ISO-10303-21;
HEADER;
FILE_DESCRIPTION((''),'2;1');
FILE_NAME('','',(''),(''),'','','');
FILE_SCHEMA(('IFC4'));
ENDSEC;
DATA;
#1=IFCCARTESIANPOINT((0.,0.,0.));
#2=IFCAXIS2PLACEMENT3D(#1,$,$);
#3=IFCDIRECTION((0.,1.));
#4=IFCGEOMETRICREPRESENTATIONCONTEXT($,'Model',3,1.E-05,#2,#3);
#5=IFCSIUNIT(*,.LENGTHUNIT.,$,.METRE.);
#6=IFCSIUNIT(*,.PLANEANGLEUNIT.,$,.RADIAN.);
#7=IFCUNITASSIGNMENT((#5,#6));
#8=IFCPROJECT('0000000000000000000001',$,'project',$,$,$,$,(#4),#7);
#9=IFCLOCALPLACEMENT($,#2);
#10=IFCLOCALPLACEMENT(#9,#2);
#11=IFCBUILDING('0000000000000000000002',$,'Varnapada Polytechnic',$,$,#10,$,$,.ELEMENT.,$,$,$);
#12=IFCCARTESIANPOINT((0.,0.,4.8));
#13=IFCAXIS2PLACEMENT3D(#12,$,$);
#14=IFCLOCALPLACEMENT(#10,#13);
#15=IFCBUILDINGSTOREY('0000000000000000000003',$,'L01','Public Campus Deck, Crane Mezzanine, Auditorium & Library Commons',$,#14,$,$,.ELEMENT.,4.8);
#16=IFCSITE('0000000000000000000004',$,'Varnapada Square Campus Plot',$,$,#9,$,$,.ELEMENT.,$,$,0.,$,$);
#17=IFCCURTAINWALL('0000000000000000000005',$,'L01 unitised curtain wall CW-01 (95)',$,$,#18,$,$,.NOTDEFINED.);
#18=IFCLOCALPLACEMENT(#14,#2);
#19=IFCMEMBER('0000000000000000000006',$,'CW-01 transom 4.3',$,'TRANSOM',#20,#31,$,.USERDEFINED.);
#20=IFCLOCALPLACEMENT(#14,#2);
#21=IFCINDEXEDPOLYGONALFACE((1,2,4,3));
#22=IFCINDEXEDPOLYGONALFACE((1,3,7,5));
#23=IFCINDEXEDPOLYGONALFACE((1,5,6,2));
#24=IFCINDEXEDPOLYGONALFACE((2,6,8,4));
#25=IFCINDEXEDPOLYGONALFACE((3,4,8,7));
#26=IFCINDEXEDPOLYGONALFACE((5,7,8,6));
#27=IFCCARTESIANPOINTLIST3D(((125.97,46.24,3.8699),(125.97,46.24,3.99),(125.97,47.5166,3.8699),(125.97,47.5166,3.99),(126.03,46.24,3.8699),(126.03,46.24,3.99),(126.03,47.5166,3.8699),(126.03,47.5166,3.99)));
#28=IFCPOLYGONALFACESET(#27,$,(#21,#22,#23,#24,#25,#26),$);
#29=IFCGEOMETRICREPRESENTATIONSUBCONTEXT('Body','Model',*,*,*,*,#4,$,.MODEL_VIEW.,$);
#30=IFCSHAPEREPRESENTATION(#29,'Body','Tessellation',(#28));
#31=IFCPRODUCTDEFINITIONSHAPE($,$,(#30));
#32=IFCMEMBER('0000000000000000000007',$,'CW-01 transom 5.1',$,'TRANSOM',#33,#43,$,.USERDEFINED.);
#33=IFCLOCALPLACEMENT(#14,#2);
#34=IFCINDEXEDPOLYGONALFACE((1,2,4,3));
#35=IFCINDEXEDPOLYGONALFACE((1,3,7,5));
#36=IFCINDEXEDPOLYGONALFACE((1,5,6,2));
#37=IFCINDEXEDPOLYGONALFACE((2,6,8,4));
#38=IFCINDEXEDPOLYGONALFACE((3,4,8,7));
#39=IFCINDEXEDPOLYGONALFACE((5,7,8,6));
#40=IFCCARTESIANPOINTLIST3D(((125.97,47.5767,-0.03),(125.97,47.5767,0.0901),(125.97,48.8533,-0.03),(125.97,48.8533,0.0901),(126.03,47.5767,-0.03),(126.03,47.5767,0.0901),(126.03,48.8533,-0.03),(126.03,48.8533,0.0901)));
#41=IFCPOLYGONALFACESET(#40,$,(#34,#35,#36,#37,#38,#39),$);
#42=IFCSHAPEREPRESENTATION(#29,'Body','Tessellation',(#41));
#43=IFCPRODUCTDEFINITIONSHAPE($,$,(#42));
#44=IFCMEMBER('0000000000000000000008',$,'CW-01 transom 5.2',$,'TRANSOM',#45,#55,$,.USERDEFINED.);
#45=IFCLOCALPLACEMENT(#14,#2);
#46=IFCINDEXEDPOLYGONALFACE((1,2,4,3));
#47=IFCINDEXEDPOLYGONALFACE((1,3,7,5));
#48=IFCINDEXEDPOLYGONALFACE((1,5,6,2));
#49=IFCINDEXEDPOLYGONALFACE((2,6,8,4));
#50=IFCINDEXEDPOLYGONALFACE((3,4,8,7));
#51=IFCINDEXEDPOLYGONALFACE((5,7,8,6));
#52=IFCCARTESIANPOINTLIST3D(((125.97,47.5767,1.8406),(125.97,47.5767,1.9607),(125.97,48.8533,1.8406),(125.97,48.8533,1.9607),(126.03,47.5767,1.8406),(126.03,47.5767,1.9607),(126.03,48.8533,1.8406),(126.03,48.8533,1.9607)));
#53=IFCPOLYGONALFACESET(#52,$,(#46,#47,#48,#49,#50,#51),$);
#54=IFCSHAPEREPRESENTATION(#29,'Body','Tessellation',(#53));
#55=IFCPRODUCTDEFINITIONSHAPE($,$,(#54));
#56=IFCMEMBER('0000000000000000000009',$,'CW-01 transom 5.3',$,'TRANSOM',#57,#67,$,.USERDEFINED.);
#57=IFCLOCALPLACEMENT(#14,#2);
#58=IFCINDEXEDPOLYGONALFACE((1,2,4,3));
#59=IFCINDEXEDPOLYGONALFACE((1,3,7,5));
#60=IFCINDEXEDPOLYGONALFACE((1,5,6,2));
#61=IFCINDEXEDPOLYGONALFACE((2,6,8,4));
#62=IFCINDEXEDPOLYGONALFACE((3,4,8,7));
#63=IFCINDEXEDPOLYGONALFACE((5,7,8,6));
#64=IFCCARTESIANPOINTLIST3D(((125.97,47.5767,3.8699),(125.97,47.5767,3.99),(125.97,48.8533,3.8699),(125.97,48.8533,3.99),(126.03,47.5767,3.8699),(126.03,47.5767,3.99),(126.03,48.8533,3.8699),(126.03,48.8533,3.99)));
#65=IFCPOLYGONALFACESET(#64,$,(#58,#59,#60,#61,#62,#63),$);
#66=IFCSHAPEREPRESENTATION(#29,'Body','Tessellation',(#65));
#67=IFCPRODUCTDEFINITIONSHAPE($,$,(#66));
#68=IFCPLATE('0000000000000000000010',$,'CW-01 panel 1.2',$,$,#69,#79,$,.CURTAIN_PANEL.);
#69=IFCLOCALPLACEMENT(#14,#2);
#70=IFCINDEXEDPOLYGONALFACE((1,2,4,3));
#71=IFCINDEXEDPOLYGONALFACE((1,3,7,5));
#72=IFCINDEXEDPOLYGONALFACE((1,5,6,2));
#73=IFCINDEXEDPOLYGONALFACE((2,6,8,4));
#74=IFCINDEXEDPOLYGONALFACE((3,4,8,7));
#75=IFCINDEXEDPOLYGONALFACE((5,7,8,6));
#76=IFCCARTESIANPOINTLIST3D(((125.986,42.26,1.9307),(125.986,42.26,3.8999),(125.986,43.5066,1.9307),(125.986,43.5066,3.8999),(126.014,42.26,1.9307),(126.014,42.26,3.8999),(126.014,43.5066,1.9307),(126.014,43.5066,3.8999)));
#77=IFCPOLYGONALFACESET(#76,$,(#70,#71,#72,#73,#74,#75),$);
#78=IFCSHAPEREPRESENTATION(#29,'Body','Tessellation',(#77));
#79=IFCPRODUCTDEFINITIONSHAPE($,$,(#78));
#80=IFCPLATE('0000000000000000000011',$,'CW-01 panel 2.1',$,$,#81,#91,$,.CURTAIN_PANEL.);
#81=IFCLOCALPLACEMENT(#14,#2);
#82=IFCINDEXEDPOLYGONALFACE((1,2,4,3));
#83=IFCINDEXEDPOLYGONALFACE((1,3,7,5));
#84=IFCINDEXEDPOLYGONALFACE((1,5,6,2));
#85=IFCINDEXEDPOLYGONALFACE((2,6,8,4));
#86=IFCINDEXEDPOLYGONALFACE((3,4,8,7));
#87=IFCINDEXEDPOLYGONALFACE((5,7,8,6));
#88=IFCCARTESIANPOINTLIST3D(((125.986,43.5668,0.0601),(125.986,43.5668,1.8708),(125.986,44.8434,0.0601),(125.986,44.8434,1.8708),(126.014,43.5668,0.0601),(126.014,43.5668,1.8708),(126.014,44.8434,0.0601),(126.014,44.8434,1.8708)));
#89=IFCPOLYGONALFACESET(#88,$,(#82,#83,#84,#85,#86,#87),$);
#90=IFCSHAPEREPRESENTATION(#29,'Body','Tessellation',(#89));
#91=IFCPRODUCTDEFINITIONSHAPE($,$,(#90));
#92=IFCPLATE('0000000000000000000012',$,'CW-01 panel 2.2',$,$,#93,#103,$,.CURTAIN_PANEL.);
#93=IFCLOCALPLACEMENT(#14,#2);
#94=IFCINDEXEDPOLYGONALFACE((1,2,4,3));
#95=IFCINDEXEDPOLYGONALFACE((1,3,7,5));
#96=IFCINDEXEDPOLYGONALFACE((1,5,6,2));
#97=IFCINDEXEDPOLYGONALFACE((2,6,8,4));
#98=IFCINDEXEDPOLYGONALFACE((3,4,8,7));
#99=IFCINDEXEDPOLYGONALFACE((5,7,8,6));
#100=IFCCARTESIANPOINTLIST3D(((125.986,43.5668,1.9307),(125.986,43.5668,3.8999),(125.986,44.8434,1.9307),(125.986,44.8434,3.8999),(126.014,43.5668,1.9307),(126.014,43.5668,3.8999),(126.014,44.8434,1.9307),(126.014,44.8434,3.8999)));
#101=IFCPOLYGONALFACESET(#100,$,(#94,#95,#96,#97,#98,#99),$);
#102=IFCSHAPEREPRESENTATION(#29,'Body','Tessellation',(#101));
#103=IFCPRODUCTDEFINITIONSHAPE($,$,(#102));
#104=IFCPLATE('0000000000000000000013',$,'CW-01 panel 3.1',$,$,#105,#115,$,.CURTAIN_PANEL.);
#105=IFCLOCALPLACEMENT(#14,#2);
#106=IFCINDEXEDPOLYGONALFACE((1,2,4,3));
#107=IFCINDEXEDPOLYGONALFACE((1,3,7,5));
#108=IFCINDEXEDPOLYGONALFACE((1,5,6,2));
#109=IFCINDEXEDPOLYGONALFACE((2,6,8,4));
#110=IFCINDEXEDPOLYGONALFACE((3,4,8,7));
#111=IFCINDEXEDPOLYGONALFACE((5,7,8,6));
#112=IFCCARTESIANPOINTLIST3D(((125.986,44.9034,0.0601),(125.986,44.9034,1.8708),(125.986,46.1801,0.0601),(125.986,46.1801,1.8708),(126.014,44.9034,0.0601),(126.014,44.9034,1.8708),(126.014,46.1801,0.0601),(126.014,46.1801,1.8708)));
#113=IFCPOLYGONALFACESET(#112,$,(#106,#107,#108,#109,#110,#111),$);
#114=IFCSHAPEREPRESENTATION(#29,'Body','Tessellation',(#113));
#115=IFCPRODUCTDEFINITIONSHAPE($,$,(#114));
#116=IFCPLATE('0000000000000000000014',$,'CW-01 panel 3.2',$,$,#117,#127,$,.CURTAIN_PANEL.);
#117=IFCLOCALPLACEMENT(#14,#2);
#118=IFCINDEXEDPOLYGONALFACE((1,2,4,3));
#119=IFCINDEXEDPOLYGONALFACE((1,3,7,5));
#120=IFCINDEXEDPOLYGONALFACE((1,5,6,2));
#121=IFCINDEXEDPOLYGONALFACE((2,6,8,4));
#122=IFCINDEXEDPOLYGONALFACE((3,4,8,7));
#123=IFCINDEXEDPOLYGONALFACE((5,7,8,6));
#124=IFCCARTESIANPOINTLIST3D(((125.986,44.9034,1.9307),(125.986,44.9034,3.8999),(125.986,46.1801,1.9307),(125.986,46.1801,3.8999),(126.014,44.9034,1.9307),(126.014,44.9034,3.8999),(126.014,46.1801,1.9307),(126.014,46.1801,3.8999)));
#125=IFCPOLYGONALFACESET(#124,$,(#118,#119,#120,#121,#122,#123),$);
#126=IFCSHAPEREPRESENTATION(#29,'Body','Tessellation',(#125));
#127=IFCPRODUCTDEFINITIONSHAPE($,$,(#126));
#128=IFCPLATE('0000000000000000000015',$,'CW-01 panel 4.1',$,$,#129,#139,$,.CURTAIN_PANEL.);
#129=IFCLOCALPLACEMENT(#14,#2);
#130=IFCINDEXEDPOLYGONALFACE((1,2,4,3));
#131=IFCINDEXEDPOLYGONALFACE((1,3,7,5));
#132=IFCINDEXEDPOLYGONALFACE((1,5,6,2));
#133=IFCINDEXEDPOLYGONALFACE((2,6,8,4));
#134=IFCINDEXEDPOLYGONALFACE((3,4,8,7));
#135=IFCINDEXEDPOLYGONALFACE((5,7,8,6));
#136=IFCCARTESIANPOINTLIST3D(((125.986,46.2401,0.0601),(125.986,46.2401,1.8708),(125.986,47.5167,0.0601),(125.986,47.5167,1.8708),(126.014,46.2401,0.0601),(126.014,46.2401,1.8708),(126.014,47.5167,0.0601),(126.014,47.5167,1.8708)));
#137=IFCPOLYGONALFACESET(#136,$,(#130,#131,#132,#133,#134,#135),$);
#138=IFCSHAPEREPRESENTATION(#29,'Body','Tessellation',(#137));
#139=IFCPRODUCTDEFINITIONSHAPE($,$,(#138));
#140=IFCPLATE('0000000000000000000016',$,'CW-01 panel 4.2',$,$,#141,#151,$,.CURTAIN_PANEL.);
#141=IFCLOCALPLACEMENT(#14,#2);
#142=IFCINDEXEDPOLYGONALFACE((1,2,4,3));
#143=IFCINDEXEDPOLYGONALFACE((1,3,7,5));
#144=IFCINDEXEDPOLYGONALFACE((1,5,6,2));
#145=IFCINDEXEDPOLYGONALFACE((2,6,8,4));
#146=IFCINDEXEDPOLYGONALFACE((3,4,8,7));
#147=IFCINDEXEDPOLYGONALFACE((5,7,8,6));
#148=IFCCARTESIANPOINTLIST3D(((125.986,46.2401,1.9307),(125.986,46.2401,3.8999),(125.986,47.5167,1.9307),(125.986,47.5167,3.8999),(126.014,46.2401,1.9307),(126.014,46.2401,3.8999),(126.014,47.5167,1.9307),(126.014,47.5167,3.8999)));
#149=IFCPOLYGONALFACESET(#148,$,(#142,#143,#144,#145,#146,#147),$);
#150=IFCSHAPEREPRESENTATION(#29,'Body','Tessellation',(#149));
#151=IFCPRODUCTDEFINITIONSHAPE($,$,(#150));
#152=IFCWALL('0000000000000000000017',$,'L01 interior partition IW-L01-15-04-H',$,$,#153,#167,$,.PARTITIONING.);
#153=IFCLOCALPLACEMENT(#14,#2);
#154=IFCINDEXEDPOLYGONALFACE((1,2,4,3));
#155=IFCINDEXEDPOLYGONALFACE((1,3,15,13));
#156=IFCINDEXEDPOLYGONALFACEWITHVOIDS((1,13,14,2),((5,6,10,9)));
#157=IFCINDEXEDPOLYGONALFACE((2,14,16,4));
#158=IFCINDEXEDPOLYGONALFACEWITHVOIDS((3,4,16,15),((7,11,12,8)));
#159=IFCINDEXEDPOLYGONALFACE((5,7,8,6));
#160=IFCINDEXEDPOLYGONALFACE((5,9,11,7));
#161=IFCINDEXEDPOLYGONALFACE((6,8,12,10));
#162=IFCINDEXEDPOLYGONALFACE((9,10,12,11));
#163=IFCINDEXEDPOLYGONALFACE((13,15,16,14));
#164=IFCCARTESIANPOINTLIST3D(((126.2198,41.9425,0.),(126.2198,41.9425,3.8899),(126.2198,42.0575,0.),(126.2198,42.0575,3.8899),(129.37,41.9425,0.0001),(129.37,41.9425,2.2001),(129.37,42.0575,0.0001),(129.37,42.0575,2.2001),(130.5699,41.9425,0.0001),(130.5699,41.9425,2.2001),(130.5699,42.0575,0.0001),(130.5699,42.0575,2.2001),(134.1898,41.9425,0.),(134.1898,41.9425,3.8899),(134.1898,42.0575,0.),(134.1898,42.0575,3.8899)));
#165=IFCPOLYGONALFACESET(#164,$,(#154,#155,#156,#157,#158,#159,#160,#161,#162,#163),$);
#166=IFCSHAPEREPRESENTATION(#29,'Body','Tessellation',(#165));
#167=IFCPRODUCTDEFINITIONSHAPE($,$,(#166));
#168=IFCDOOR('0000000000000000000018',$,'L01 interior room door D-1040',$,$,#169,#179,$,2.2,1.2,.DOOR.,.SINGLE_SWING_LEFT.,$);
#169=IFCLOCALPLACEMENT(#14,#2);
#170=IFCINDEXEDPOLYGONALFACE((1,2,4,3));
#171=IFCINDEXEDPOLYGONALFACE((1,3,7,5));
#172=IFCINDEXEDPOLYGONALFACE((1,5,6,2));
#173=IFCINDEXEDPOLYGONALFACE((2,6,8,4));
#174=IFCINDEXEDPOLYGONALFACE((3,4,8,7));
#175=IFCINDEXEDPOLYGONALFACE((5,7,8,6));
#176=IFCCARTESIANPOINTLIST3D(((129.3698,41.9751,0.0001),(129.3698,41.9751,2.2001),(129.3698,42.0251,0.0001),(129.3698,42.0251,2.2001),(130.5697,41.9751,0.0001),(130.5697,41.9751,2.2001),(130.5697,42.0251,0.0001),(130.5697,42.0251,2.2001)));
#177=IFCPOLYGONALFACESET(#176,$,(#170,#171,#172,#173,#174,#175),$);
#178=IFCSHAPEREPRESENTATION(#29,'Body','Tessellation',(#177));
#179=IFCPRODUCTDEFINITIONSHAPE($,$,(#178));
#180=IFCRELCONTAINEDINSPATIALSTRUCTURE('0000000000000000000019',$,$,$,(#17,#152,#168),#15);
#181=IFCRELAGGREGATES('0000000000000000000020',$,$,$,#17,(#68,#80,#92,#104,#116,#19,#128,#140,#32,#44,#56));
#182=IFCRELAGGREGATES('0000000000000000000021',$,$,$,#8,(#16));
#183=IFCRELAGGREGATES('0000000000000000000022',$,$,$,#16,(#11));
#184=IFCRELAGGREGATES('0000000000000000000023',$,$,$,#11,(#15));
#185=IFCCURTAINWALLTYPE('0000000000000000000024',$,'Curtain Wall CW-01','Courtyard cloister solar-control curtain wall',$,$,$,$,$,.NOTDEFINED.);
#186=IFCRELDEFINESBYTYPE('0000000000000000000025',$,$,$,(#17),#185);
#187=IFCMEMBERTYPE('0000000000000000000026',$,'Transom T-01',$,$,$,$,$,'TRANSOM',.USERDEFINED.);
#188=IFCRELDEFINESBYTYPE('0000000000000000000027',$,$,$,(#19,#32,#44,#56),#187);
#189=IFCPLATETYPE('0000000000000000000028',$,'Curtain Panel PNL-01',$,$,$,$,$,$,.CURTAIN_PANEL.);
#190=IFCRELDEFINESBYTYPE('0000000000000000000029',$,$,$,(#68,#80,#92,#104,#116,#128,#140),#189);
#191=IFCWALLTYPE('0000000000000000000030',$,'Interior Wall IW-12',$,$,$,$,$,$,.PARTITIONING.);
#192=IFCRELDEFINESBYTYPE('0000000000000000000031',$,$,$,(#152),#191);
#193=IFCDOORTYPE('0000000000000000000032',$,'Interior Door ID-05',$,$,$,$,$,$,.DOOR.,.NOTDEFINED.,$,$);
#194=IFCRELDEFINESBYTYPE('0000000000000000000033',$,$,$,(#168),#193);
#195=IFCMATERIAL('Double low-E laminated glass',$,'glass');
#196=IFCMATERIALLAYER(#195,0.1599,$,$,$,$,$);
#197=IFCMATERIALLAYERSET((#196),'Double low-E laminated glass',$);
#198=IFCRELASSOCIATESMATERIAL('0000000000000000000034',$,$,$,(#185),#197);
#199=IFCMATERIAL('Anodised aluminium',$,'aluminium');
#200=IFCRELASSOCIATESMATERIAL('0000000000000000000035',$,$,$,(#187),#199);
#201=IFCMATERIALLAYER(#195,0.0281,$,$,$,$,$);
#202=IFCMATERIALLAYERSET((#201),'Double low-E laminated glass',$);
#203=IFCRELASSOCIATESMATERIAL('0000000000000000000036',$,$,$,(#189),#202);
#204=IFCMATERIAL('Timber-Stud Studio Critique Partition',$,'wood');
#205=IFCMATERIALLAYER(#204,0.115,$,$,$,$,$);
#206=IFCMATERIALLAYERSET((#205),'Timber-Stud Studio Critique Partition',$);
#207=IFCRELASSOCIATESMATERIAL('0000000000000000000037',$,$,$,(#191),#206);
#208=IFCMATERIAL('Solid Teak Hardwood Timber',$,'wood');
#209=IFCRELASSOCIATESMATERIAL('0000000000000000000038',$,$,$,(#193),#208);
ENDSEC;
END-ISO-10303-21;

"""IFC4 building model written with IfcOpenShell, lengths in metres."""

from ifc_helpers import new_model, si_unit, direction, frame, frame_2d, origin, origin_2d, place, context, subcontext, project, spatial, rectangle, extrude, material, layer, layer_set, material_profile, profile_set, type_object, element, fill, aggregate, save


model = new_model("IFC4")

# Units and contexts
model_context = context("Model", 3, precision=1e-05, world=origin(), true_north=direction((0.0, 1.0)))
body_context = subcontext(model_context, "Body", "Model", "MODEL_VIEW")
ifc_project = project(units=[si_unit("LENGTHUNIT", "METRE"), si_unit("PLANEANGLEUNIT", "RADIAN")], contexts=[model_context])

# Site, building, storey
site_placement = place(None, origin())
site = spatial("IfcSite", under=ifc_project, at=site_placement, Name="Varnapada Square Campus Plot", CompositionType="ELEMENT", RefElevation=0.0)
building_placement = place(site_placement, origin())
building = spatial("IfcBuilding", under=site, at=building_placement, Name="Varnapada Polytechnic", CompositionType="ELEMENT")
storey_placement = place(building_placement, frame((0.0, 0.0, 4.8)))
storey = spatial("IfcBuildingStorey", under=building, at=storey_placement, Name="L01", Description="Public Campus Deck, Crane Mezzanine, Auditorium & Library Commons", CompositionType="ELEMENT", Elevation=4.8)

# Curtain wall, members, plates
ifc_material_1 = material(Name="Double low-E laminated glass", Category="glass")
ifc_layer_1 = layer(ifc_material_1, 0.1599)
ifc_layer_set_1 = layer_set([ifc_layer_1], Name="Double low-E laminated glass")
curtain_wall_type = type_object("IfcCurtainWallType", Name="Curtain Wall CW-01", Description="Courtyard cloister solar-control curtain wall", PredefinedType="NOTDEFINED", material=ifc_layer_set_1)
curtain_wall_placement = place(storey_placement, origin())
curtain_wall = element("IfcCurtainWall", 1, at=curtain_wall_placement, inside=storey, type_object=curtain_wall_type, Name="L01 unitised curtain wall CW-01 (95)", PredefinedType="NOTDEFINED")
ifc_material_2 = material(Name="Anodised aluminium", Category="aluminium")
ifc_material_profile_1 = material_profile(ifc_material_2, rectangle(XDim=0.0601, YDim=0.1201, at=origin_2d()), Name="ALU T60x120")
ifc_profile_set_1 = profile_set([ifc_material_profile_1], Name="Anodised aluminium")
member_type_1 = type_object("IfcMemberType", Name="Transom T-01", ElementType="TRANSOM", PredefinedType="USERDEFINED", material=ifc_profile_set_1)
member_1_placement = place(storey_placement, frame((126.0, 46.24, 3.9299), z_axis=(0.0, 1.0, 0.0), x_axis=(-1.0, 0.0, 0.0)))
member_1 = element("IfcMember", 2, at=member_1_placement, type_object=member_type_1, Name="CW-01 transom 4.3", ObjectType="TRANSOM", PredefinedType="USERDEFINED", context=body_context, shape_type="SweptSolid", body=[
    extrude(rectangle(XDim=0.0601, YDim=0.1201, at=origin_2d()), origin(), (0.0, 0.0, 1.0), 1.2766),
])
member_2_placement = place(storey_placement, frame((126.0, 47.5767, 0.03), z_axis=(0.0, 1.0, 0.0), x_axis=(-1.0, 0.0, 0.0)))
member_2 = element("IfcMember", 3, at=member_2_placement, type_object=member_type_1, Name="CW-01 transom 5.1", ObjectType="TRANSOM", PredefinedType="USERDEFINED", context=body_context, shape_type="SweptSolid", body=[
    extrude(rectangle(XDim=0.0601, YDim=0.1201, at=origin_2d()), origin(), (0.0, 0.0, 1.0), 1.2766),
])
member_3_placement = place(storey_placement, frame((126.0, 47.5767, 1.9006), z_axis=(0.0, 1.0, 0.0), x_axis=(-1.0, 0.0, 0.0)))
member_3 = element("IfcMember", 4, at=member_3_placement, type_object=member_type_1, Name="CW-01 transom 5.2", ObjectType="TRANSOM", PredefinedType="USERDEFINED", context=body_context, shape_type="SweptSolid", body=[
    extrude(rectangle(XDim=0.0601, YDim=0.1201, at=origin_2d()), origin(), (0.0, 0.0, 1.0), 1.2766),
])
member_4_placement = place(storey_placement, frame((126.0, 47.5767, 3.9299), z_axis=(0.0, 1.0, 0.0), x_axis=(-1.0, 0.0, 0.0)))
member_4 = element("IfcMember", 5, at=member_4_placement, type_object=member_type_1, Name="CW-01 transom 5.3", ObjectType="TRANSOM", PredefinedType="USERDEFINED", context=body_context, shape_type="SweptSolid", body=[
    extrude(rectangle(XDim=0.0601, YDim=0.1201, at=origin_2d()), origin(), (0.0, 0.0, 1.0), 1.2766),
])
ifc_layer_2 = layer(ifc_material_1, 0.0281)
ifc_layer_set_2 = layer_set([ifc_layer_2], Name="Double low-E laminated glass")
plate_type = type_object("IfcPlateType", Name="Curtain Panel PNL-01", PredefinedType="CURTAIN_PANEL", material=ifc_layer_set_2)
plate_1_placement = place(storey_placement, frame((126.0, 42.8833, 1.9307), z_axis=(0.0, 0.0, 1.0), x_axis=(0.0, 1.0, 0.0)))
plate_1 = element("IfcPlate", 6, at=plate_1_placement, type_object=plate_type, Name="CW-01 panel 1.2", PredefinedType="CURTAIN_PANEL", context=body_context, shape_type="SweptSolid", body=[
    extrude(rectangle(XDim=1.2466, YDim=0.0281, at=origin_2d()), origin(), (0.0, 0.0, 1.0), 1.9692),
])
plate_2_placement = place(storey_placement, frame((126.0, 44.2051, 0.0601), z_axis=(0.0, 0.0, 1.0), x_axis=(0.0, 1.0, 0.0)))
plate_2 = element("IfcPlate", 7, at=plate_2_placement, type_object=plate_type, Name="CW-01 panel 2.1", PredefinedType="CURTAIN_PANEL", context=body_context, shape_type="SweptSolid", body=[
    extrude(rectangle(XDim=1.2766, YDim=0.0281, at=origin_2d()), origin(), (0.0, 0.0, 1.0), 1.8108),
])
plate_3_placement = place(storey_placement, frame((126.0, 44.2051, 1.9307), z_axis=(0.0, 0.0, 1.0), x_axis=(0.0, 1.0, 0.0)))
plate_3 = element("IfcPlate", 8, at=plate_3_placement, type_object=plate_type, Name="CW-01 panel 2.2", PredefinedType="CURTAIN_PANEL", context=body_context, shape_type="SweptSolid", body=[
    extrude(rectangle(XDim=1.2766, YDim=0.0281, at=origin_2d()), origin(), (0.0, 0.0, 1.0), 1.9692),
])
plate_4_placement = place(storey_placement, frame((126.0, 45.5417, 0.0601), z_axis=(0.0, 0.0, 1.0), x_axis=(0.0, 1.0, 0.0)))
plate_4 = element("IfcPlate", 9, at=plate_4_placement, type_object=plate_type, Name="CW-01 panel 3.1", PredefinedType="CURTAIN_PANEL", context=body_context, shape_type="SweptSolid", body=[
    extrude(rectangle(XDim=1.2766, YDim=0.0281, at=origin_2d()), origin(), (0.0, 0.0, 1.0), 1.8108),
])
plate_5_placement = place(storey_placement, frame((126.0, 45.5417, 1.9307), z_axis=(0.0, 0.0, 1.0), x_axis=(0.0, 1.0, 0.0)))
plate_5 = element("IfcPlate", 10, at=plate_5_placement, type_object=plate_type, Name="CW-01 panel 3.2", PredefinedType="CURTAIN_PANEL", context=body_context, shape_type="SweptSolid", body=[
    extrude(rectangle(XDim=1.2766, YDim=0.0281, at=origin_2d()), origin(), (0.0, 0.0, 1.0), 1.9692),
])
plate_6_placement = place(storey_placement, frame((126.0, 46.8784, 0.0601), z_axis=(0.0, 0.0, 1.0), x_axis=(0.0, 1.0, 0.0)))
plate_6 = element("IfcPlate", 11, at=plate_6_placement, type_object=plate_type, Name="CW-01 panel 4.1", PredefinedType="CURTAIN_PANEL", context=body_context, shape_type="SweptSolid", body=[
    extrude(rectangle(XDim=1.2766, YDim=0.0281, at=origin_2d()), origin(), (0.0, 0.0, 1.0), 1.8108),
])
plate_7_placement = place(storey_placement, frame((126.0, 46.8784, 1.9307), z_axis=(0.0, 0.0, 1.0), x_axis=(0.0, 1.0, 0.0)))
plate_7 = element("IfcPlate", 12, at=plate_7_placement, type_object=plate_type, Name="CW-01 panel 4.2", PredefinedType="CURTAIN_PANEL", context=body_context, shape_type="SweptSolid", body=[
    extrude(rectangle(XDim=1.2766, YDim=0.0281, at=origin_2d()), origin(), (0.0, 0.0, 1.0), 1.9692),
])
aggregate(curtain_wall, [plate_1, plate_2, plate_3, plate_4, plate_5, member_1, plate_6, plate_7, member_2, member_3, member_4])

# Wall, opening, door
ifc_material_3 = material(Name="Timber-Stud Studio Critique Partition", Category="wood")
ifc_layer_3 = layer(ifc_material_3, 0.115)
ifc_layer_set_3 = layer_set([ifc_layer_3], Name="Timber-Stud Studio Critique Partition")
wall_type = type_object("IfcWallType", Name="Interior Wall IW-12", PredefinedType="PARTITIONING", material=ifc_layer_set_3)
wall_placement = place(storey_placement, frame((126.22, 42.0, 0.0), z_axis=(0.0, 0.0, 1.0), x_axis=(1.0, 0.0, 0.0)))
wall = element("IfcWall", 13, at=wall_placement, inside=storey, type_object=wall_type, Name="L01 interior partition IW-L01-15-04-H", PredefinedType="PARTITIONING", context=body_context, shape_type="SweptSolid", body=[
    extrude(rectangle(XDim=7.97, YDim=0.115, at=frame_2d((3.9849, 0.0))), origin(), (0.0, 0.0, 1.0), 3.8899),
])
opening_placement = place(wall_placement, frame((3.1499, 0.0, 0.0)))
opening = element("IfcOpeningElement", 14, at=opening_placement, cuts=wall, PredefinedType="OPENING", context=body_context, shape_type="SweptSolid", body=[
    extrude(rectangle(XDim=1.2, YDim=2.2, at=frame_2d((0.6001, 1.1001))), frame((0.0, 0.0674, 0.0), z_axis=(0.0, -1.0, 0.0), x_axis=(1.0, 0.0, 0.0)), (0.0, 0.0, 1.0), 0.135),
])
ifc_material_4 = material(Name="Solid Teak Hardwood Timber", Category="wood")
door_type = type_object("IfcDoorType", Name="Interior Door ID-05", OperationType="NOTDEFINED", PredefinedType="DOOR", material=ifc_material_4)
door_placement = place(opening_placement, frame((1.2, 0.0, 0.0), z_axis=(0.0, 0.0, 1.0), x_axis=(-1.0, 0.0, 0.0)))
door = element("IfcDoor", 15, at=door_placement, inside=storey, type_object=door_type, Name="L01 interior room door D-1040", OperationType="SINGLE_SWING_LEFT", OverallHeight=2.2, OverallWidth=1.2, PredefinedType="DOOR", context=body_context, shape_type="SweptSolid", body=[
    extrude(rectangle(XDim=1.2, YDim=2.2, at=frame_2d((0.6001, 1.1001))), frame((0.0, 0.0249, 0.0), z_axis=(0.0, -1.0, 0.0), x_axis=(1.0, 0.0, 0.0)), (0.0, 0.0, 1.0), 0.05),
])
fill(opening, door)

save(model, "model.ifc")
